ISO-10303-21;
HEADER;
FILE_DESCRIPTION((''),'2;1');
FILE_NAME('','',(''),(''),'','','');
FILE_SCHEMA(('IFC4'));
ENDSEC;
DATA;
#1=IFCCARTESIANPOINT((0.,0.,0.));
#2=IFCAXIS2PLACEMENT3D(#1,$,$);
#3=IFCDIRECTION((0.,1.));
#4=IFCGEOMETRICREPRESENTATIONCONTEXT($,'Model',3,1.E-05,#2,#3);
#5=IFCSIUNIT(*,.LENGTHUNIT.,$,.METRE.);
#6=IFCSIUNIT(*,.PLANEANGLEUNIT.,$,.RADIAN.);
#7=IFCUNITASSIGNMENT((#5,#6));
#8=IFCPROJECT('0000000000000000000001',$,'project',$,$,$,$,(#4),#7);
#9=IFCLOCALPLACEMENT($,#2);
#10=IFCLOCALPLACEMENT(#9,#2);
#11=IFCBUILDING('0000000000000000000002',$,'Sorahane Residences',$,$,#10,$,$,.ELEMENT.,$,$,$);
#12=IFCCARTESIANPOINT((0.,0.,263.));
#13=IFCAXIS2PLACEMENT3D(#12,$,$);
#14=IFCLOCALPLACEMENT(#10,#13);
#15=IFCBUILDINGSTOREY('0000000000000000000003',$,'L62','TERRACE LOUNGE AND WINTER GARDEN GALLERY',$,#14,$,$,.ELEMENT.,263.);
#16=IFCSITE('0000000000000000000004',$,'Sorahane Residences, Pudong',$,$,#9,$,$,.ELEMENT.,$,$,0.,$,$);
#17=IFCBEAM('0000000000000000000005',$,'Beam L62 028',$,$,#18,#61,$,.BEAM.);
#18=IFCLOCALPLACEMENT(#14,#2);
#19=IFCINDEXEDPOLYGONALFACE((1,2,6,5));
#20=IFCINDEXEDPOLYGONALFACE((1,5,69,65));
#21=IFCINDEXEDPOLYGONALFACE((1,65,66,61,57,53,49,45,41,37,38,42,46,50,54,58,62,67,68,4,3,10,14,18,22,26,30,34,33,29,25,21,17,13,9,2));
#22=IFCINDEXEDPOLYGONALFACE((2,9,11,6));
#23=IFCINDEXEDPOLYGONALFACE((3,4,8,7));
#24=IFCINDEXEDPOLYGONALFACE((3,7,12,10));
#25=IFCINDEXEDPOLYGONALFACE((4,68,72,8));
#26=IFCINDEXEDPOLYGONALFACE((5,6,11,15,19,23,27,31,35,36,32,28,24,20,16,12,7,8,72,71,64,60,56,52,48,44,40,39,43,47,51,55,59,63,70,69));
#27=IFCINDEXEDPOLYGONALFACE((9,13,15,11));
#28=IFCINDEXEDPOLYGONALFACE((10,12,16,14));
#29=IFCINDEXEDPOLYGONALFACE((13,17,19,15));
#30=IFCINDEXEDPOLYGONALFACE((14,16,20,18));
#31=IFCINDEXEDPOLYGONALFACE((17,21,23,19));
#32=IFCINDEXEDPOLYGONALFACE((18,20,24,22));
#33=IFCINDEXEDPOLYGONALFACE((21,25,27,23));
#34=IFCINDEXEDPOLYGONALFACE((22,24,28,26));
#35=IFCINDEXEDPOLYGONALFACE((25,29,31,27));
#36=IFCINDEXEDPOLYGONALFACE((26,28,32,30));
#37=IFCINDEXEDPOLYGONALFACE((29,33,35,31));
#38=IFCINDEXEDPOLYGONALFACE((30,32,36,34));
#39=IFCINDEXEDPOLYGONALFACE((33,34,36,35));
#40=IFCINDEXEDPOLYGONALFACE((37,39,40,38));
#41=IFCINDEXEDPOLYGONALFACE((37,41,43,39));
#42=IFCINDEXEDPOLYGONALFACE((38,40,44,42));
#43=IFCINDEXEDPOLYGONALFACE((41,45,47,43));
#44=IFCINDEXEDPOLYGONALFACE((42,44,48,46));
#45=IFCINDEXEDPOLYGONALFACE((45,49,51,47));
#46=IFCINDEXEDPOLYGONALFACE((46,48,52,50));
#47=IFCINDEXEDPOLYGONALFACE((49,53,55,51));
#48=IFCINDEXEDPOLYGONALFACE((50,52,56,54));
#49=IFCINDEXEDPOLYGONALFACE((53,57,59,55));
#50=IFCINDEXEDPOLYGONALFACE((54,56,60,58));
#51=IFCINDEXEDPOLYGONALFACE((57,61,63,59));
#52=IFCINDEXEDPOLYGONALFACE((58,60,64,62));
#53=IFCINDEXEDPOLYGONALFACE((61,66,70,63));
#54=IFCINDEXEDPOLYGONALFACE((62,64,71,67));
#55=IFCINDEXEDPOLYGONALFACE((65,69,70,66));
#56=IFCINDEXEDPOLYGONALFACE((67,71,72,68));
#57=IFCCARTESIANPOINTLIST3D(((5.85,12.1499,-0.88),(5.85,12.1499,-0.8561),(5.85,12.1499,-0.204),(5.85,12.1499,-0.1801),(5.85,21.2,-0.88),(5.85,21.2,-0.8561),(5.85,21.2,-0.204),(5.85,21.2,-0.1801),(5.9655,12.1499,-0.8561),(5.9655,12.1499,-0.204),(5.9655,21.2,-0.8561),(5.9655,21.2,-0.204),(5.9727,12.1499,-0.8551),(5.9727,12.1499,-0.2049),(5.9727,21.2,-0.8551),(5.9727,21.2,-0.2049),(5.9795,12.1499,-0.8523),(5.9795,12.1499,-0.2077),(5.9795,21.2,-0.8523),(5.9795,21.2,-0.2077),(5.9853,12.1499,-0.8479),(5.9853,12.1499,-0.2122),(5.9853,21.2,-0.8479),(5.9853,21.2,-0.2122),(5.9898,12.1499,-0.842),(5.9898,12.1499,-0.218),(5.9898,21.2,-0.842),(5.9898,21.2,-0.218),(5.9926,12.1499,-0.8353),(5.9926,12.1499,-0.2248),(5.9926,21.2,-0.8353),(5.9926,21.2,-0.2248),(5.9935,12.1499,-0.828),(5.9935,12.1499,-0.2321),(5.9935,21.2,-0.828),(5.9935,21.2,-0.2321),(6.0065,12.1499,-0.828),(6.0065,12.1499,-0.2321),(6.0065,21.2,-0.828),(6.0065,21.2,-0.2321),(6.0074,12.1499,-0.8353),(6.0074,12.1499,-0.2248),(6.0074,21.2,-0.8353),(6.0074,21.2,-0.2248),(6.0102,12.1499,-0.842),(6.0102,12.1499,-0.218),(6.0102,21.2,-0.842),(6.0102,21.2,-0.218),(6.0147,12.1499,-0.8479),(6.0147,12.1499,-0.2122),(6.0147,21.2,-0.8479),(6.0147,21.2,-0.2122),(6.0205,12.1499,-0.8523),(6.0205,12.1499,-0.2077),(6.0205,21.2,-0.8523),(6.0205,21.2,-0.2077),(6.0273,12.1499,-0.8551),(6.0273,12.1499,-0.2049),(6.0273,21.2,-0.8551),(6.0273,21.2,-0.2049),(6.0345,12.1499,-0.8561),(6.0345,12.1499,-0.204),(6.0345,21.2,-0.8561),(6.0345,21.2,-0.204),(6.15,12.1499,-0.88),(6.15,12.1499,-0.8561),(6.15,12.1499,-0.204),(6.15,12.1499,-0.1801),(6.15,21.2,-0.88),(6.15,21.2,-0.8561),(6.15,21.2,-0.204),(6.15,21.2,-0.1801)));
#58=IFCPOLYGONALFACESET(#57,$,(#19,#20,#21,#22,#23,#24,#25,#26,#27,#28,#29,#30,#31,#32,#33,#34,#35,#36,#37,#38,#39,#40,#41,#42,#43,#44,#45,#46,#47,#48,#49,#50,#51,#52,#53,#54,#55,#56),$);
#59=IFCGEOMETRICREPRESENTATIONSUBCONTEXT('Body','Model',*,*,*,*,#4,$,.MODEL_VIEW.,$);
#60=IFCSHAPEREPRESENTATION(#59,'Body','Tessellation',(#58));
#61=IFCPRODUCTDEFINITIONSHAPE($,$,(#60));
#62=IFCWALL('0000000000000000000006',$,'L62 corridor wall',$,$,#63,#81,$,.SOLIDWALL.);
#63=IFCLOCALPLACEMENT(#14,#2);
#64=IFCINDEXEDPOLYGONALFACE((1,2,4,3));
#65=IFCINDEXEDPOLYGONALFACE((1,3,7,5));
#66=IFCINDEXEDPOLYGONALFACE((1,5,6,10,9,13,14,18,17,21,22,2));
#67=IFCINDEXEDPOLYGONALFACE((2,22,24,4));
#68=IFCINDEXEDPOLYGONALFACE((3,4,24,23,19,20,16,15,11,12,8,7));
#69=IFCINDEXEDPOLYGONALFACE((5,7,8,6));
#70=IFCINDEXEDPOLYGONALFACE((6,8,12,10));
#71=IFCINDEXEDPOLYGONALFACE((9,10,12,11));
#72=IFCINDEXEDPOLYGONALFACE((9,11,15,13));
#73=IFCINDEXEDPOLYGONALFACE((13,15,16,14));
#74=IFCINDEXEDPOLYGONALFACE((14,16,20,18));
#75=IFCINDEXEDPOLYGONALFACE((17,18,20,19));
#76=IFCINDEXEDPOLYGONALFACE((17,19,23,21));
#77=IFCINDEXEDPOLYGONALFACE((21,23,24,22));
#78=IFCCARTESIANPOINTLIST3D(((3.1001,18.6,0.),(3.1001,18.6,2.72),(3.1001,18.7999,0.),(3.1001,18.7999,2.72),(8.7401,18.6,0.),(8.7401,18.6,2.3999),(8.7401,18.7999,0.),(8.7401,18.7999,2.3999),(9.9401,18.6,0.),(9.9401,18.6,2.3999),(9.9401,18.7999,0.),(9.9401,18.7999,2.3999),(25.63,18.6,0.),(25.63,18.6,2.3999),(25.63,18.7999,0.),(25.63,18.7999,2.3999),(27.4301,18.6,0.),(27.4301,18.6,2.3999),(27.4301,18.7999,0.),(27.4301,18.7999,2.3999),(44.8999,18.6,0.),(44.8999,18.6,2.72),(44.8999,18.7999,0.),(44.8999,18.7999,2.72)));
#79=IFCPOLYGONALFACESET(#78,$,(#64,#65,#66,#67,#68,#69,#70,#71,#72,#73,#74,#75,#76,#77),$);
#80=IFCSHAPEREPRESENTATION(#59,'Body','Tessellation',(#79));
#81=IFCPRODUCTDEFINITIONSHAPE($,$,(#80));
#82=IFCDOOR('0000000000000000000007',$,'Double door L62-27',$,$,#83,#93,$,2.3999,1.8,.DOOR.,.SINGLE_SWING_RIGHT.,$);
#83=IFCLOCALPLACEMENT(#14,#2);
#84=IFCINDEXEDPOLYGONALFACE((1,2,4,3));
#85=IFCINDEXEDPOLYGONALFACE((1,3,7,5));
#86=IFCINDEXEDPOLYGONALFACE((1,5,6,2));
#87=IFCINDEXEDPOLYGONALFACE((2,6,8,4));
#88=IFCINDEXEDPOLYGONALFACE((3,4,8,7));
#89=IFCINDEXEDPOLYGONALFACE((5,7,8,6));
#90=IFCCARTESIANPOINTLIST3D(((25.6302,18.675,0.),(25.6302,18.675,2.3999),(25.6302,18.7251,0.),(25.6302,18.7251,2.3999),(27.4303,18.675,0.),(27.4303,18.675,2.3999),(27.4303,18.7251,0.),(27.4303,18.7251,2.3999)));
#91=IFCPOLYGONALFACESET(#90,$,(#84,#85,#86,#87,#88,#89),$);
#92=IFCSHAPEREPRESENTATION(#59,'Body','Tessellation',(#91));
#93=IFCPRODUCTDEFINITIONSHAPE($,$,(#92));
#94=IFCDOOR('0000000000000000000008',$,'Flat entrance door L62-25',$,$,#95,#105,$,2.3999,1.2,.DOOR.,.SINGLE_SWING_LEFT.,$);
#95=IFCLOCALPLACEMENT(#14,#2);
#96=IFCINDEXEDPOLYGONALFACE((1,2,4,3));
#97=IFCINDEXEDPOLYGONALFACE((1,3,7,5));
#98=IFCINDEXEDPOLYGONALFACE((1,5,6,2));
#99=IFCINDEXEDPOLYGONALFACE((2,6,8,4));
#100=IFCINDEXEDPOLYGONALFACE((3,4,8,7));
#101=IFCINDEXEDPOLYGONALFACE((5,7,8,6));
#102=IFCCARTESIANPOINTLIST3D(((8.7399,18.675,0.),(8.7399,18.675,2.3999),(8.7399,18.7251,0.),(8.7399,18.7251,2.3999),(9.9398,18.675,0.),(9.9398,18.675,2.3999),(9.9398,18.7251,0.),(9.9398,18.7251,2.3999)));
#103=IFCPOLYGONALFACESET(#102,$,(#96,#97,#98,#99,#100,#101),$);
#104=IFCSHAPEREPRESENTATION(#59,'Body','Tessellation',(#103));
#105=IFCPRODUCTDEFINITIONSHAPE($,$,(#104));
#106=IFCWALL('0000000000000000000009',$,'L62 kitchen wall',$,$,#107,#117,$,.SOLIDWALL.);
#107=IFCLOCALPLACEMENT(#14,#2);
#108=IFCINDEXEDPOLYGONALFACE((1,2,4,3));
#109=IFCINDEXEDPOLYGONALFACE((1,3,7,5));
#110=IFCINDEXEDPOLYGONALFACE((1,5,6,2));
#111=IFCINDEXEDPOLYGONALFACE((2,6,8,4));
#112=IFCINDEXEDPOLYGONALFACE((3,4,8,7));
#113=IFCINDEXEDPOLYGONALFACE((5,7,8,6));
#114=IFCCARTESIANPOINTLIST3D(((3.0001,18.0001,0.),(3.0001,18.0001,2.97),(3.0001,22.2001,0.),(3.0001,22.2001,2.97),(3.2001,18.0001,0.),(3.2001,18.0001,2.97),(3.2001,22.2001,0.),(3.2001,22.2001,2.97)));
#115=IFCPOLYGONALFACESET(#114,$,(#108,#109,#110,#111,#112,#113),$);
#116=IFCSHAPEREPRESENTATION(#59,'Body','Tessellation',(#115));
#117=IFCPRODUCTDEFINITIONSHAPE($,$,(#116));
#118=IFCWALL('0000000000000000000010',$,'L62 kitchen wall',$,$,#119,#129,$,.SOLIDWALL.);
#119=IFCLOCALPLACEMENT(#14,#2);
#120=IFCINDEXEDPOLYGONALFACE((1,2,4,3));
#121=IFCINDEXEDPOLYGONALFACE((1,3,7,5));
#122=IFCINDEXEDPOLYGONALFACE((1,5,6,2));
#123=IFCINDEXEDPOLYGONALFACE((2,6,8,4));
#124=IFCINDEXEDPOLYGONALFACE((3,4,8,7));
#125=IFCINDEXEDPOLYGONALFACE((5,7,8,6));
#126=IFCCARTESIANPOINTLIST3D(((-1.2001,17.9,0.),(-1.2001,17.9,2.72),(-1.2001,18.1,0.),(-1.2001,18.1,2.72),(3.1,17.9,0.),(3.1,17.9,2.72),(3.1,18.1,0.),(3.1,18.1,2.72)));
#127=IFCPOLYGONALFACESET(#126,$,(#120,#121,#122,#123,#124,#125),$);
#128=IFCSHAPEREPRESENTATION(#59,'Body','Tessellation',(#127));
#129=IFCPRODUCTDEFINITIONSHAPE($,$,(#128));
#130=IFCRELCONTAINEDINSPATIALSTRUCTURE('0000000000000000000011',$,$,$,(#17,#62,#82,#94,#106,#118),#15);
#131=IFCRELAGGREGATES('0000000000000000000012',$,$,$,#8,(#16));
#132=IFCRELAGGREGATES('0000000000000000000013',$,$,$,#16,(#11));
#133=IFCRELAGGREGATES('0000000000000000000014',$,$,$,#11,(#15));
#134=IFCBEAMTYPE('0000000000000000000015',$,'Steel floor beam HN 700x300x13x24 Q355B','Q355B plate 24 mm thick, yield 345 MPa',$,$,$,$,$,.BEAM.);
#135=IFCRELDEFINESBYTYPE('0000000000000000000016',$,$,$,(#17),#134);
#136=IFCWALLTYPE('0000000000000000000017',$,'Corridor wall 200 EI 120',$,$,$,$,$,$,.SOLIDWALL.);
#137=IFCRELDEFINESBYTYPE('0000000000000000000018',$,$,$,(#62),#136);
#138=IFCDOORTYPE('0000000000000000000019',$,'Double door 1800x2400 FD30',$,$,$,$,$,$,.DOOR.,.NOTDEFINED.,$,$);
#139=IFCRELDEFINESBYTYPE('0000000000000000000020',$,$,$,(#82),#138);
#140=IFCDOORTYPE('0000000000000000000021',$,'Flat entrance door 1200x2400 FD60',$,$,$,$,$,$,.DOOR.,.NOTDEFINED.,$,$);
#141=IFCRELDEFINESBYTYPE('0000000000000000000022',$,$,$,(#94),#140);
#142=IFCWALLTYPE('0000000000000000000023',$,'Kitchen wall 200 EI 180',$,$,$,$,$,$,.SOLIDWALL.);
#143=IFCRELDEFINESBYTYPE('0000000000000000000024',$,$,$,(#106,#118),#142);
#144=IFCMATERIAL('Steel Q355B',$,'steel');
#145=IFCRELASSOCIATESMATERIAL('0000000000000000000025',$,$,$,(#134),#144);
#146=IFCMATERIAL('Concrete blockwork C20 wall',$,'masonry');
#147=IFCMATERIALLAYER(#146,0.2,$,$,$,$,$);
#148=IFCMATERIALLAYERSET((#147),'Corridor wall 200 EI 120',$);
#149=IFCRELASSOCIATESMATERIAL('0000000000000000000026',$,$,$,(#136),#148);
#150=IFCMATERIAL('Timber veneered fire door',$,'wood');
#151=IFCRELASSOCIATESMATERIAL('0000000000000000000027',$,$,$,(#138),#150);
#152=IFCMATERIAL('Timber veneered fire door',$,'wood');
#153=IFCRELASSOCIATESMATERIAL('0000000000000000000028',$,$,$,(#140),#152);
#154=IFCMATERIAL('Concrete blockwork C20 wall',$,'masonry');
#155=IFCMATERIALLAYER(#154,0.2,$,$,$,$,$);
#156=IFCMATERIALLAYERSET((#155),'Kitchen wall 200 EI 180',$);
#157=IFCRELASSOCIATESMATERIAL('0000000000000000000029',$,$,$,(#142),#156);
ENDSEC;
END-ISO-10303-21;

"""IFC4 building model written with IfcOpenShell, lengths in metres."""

from ifc_helpers import new_model, si_unit, direction, frame, frame_2d, origin, origin_2d, place, context, subcontext, project, spatial, rectangle, i_section, extrude, material, layer, layer_set, material_profile, profile_set, type_object, element, fill, save


model = new_model("IFC4")

# Units and contexts
model_context = context("Model", 3, precision=1e-05, world=origin(), true_north=direction((0.0, 1.0)))
body_context = subcontext(model_context, "Body", "Model", "MODEL_VIEW")
ifc_project = project(units=[si_unit("LENGTHUNIT", "METRE"), si_unit("PLANEANGLEUNIT", "RADIAN")], contexts=[model_context])

# Site, building, storey
site_placement = place(None, origin())
site = spatial("IfcSite", under=ifc_project, at=site_placement, Name="Sorahane Residences, Pudong", CompositionType="ELEMENT", RefElevation=0.0)
building_placement = place(site_placement, origin())
building = spatial("IfcBuilding", under=site, at=building_placement, Name="Sorahane Residences", CompositionType="ELEMENT")
storey_placement = place(building_placement, frame((0.0, 0.0, 263.0)))
storey = spatial("IfcBuildingStorey", under=building, at=storey_placement, Name="L62", Description="TERRACE LOUNGE AND WINTER GARDEN GALLERY", CompositionType="ELEMENT", Elevation=263.0)

# Beam
ifc_material_1 = material(Name="Steel Q355B", Category="steel")
ifc_material_profile_1 = material_profile(ifc_material_1, i_section(OverallWidth=0.3, OverallDepth=0.7, WebThickness=0.0129, FlangeThickness=0.0239, FilletRadius=0.0281, at=origin_2d()), Name="HN 700x300x13x24")
ifc_profile_set_1 = profile_set([ifc_material_profile_1], Name="Steel Q355B")
beam_type_1 = type_object("IfcBeamType", Name="Steel floor beam HN 700x300x13x24 Q355B", Description="Q355B plate 24 mm thick, yield 345 MPa", PredefinedType="BEAM", material=ifc_profile_set_1)
beam_1_placement = place(storey_placement, frame((6.0, 12.1499, -0.53), z_axis=(0.0, 1.0, 0.0), x_axis=(-1.0, 0.0, 0.0)))
element("IfcBeam", 1, at=beam_1_placement, inside=storey, type_object=beam_type_1, Name="Beam L62 028", PredefinedType="BEAM", context=body_context, shape_type="SweptSolid", body=[
    extrude(i_section(OverallWidth=0.3, OverallDepth=0.7, WebThickness=0.0129, FlangeThickness=0.0239, FilletRadius=0.0281, at=origin_2d()), origin(), (0.0, 0.0, 1.0), 9.05),
])

# Wall, openings, doors
ifc_material_2 = material(Name="Concrete blockwork C20 wall", Category="masonry")
ifc_layer_1 = layer(ifc_material_2, 0.2)
ifc_layer_set_1 = layer_set([ifc_layer_1], Name="Corridor wall 200 EI 120")
wall_type_1 = type_object("IfcWallType", Name="Corridor wall 200 EI 120", PredefinedType="SOLIDWALL", material=ifc_layer_set_1)
wall_1_placement = place(storey_placement, frame((3.1001, 18.7, 0.0), z_axis=(0.0, 0.0, 1.0), x_axis=(1.0, 0.0, 0.0)))
wall_1 = element("IfcWall", 2, at=wall_1_placement, inside=storey, type_object=wall_type_1, Name="L62 corridor wall", PredefinedType="SOLIDWALL", context=body_context, shape_type="SweptSolid", body=[
    extrude(rectangle(XDim=41.7998, YDim=0.2, at=frame_2d((20.8999, 0.0))), origin(), (0.0, 0.0, 1.0), 2.72),
])
opening_1_placement = place(wall_1_placement, frame((5.6399, 0.0, 0.0)))
opening_1 = element("IfcOpeningElement", 3, at=opening_1_placement, cuts=wall_1, PredefinedType="OPENING", context=body_context, shape_type="SweptSolid", body=[
    extrude(rectangle(XDim=1.2, YDim=2.3999, at=frame_2d((0.6001, 1.2))), frame((0.0, 0.1099, 0.0), z_axis=(0.0, -1.0, 0.0), x_axis=(1.0, 0.0, 0.0)), (0.0, 0.0, 1.0), 0.22),
])
opening_2_placement = place(wall_1_placement, frame((22.53, 0.0, 0.0)))
opening_2 = element("IfcOpeningElement", 4, at=opening_2_placement, cuts=wall_1, PredefinedType="OPENING", context=body_context, shape_type="SweptSolid", body=[
    extrude(rectangle(XDim=1.8, YDim=2.3999, at=frame_2d((0.8999, 1.2))), frame((0.0, 0.1099, 0.0), z_axis=(0.0, -1.0, 0.0), x_axis=(1.0, 0.0, 0.0)), (0.0, 0.0, 1.0), 0.22),
])
ifc_material_3 = material(Name="Timber veneered fire door", Category="wood")
door_type_1 = type_object("IfcDoorType", Name="Double door 1800x2400 FD30", OperationType="NOTDEFINED", PredefinedType="DOOR", material=ifc_material_3)
door_1_placement = place(opening_2_placement, frame((1.8, 0.0, 0.0), z_axis=(0.0, 0.0, 1.0), x_axis=(-1.0, 0.0, 0.0)))
door_1 = element("IfcDoor", 5, at=door_1_placement, inside=storey, type_object=door_type_1, Name="Double door L62-27", OperationType="SINGLE_SWING_RIGHT", OverallHeight=2.3999, OverallWidth=1.8, PredefinedType="DOOR", context=body_context, shape_type="SweptSolid", body=[
    extrude(rectangle(XDim=1.8, YDim=2.3999, at=frame_2d((0.8999, 1.2))), frame((0.0, 0.0249, 0.0), z_axis=(0.0, -1.0, 0.0), x_axis=(1.0, 0.0, 0.0)), (0.0, 0.0, 1.0), 0.05),
])
fill(opening_2, door_1)
ifc_material_4 = material(Name="Timber veneered fire door", Category="wood")
door_type_2 = type_object("IfcDoorType", Name="Flat entrance door 1200x2400 FD60", OperationType="NOTDEFINED", PredefinedType="DOOR", material=ifc_material_4)
door_2_placement = place(opening_1_placement, frame((1.2, 0.0, 0.0), z_axis=(0.0, 0.0, 1.0), x_axis=(-1.0, 0.0, 0.0)))
door_2 = element("IfcDoor", 6, at=door_2_placement, inside=storey, type_object=door_type_2, Name="Flat entrance door L62-25", OperationType="SINGLE_SWING_LEFT", OverallHeight=2.3999, OverallWidth=1.2, PredefinedType="DOOR", context=body_context, shape_type="SweptSolid", body=[
    extrude(rectangle(XDim=1.2, YDim=2.3999, at=frame_2d((0.6001, 1.2))), frame((0.0, 0.0249, 0.0), z_axis=(0.0, -1.0, 0.0), x_axis=(1.0, 0.0, 0.0)), (0.0, 0.0, 1.0), 0.05),
])
fill(opening_1, door_2)

# Shared definitions
ifc_material_5 = material(Name="Concrete blockwork C20 wall", Category="masonry")
ifc_layer_2 = layer(ifc_material_5, 0.2)
ifc_layer_set_2 = layer_set([ifc_layer_2], Name="Kitchen wall 200 EI 180")
wall_type_2 = type_object("IfcWallType", Name="Kitchen wall 200 EI 180", PredefinedType="SOLIDWALL", material=ifc_layer_set_2)

# Walls
wall_2_placement = place(storey_placement, frame((3.1001, 18.0, 0.0), z_axis=(0.0, 0.0, 1.0), x_axis=(0.0, 1.0, 0.0)))
element("IfcWall", 7, at=wall_2_placement, inside=storey, type_object=wall_type_2, Name="L62 kitchen wall", PredefinedType="SOLIDWALL", context=body_context, shape_type="SweptSolid", body=[
    extrude(rectangle(XDim=4.2, YDim=0.2, at=frame_2d((2.1001, 0.0))), origin(), (0.0, 0.0, 1.0), 2.97),
])
wall_3_placement = place(storey_placement, frame((-1.2, 18.0, 0.0), z_axis=(0.0, 0.0, 1.0), x_axis=(1.0, 0.0, 0.0)))
element("IfcWall", 8, at=wall_3_placement, inside=storey, type_object=wall_type_2, Name="L62 kitchen wall", PredefinedType="SOLIDWALL", context=body_context, shape_type="SweptSolid", body=[
    extrude(rectangle(XDim=4.3, YDim=0.2, at=frame_2d((2.1499, 0.0))), origin(), (0.0, 0.0, 1.0), 2.72),
])

save(model, "model.ifc")
